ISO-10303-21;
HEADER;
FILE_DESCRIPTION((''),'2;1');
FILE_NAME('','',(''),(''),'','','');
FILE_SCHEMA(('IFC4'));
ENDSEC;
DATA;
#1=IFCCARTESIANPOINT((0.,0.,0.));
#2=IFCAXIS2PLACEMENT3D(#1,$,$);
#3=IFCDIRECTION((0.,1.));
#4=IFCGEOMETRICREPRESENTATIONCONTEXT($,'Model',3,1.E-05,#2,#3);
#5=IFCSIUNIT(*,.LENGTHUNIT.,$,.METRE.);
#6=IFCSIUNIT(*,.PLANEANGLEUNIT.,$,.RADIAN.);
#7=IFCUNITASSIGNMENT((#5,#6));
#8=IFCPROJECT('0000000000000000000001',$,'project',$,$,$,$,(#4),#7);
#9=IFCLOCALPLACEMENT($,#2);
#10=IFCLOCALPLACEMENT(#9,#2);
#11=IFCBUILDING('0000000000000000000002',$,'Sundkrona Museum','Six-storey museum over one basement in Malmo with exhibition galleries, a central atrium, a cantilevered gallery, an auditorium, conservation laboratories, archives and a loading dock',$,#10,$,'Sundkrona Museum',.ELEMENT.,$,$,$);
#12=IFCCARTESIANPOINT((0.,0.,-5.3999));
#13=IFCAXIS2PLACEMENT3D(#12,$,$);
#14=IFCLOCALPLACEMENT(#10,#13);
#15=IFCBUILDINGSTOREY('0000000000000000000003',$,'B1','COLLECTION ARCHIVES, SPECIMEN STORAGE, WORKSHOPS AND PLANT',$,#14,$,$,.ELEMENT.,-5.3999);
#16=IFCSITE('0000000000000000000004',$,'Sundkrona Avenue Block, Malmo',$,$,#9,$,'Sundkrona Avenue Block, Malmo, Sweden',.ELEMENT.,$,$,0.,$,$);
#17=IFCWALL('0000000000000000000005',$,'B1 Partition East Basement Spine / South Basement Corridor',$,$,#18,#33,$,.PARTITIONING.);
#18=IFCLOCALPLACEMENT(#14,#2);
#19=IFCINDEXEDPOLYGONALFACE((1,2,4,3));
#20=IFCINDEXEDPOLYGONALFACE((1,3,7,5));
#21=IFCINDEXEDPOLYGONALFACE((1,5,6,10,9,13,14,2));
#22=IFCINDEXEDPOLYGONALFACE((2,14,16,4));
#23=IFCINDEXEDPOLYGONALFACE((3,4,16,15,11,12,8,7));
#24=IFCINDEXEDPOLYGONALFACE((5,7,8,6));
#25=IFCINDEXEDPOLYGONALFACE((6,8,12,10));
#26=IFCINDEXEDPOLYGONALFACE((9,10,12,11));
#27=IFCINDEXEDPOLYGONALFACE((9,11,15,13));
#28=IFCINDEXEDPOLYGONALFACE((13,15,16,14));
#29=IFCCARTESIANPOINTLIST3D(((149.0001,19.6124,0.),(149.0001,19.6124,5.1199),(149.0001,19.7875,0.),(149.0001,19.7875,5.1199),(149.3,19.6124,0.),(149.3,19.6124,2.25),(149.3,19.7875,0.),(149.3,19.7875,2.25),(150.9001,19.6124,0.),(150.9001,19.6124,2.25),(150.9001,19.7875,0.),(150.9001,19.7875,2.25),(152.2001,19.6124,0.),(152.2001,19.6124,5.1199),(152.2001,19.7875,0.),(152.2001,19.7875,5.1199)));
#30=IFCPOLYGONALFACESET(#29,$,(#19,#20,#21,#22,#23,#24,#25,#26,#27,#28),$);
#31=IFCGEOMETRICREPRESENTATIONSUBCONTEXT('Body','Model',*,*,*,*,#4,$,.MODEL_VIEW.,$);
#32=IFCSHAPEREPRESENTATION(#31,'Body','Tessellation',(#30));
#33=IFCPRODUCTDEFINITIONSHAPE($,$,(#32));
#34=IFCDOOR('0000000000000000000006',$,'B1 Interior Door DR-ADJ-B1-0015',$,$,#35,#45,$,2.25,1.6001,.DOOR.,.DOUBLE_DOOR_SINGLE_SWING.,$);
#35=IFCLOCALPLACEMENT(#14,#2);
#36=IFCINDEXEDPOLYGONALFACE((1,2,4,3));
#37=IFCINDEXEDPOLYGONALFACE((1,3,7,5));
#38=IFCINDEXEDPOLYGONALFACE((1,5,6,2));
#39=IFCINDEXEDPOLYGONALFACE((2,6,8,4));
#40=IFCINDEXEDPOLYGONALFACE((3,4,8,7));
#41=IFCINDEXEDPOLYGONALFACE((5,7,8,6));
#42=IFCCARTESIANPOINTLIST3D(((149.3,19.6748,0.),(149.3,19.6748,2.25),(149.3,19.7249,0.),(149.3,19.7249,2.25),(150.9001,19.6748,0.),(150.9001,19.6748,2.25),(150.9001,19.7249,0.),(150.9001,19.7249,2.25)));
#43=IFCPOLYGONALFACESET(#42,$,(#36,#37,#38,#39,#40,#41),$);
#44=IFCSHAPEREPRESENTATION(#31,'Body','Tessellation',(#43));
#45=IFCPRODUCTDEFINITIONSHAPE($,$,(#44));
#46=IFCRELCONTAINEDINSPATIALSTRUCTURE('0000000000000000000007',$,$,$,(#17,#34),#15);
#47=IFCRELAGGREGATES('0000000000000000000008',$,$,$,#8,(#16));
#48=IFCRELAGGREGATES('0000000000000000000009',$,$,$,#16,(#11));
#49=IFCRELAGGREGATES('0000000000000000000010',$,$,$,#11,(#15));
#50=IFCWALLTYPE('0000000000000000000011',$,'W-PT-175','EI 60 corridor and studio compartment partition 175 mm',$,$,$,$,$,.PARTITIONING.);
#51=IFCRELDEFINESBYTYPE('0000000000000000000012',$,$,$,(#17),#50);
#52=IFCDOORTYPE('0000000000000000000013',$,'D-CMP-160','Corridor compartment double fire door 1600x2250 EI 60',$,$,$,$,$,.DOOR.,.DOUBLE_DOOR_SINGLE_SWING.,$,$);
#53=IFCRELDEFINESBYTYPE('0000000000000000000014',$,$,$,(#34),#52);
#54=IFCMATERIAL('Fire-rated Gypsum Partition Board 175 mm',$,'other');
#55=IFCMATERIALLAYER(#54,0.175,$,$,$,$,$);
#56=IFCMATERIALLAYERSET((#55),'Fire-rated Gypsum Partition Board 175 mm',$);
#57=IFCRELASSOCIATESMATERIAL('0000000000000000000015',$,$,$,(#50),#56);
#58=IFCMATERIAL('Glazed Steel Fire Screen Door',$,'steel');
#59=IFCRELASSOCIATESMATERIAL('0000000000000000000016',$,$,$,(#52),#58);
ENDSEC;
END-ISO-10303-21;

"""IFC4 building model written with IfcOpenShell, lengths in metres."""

from ifc_helpers import new_model, si_unit, direction, frame, frame_2d, origin, place, context, subcontext, project, spatial, rectangle, extrude, material, layer, layer_set, type_object, element, fill, save


model = new_model("IFC4")

# Units and contexts
model_context = context("Model", 3, precision=1e-05, world=origin(), true_north=direction((0.0, 1.0)))
body_context = subcontext(model_context, "Body", "Model", "MODEL_VIEW")
ifc_project = project(units=[si_unit("LENGTHUNIT", "METRE"), si_unit("PLANEANGLEUNIT", "RADIAN")], contexts=[model_context])

# Site, building, storey
site_placement = place(None, origin())
site = spatial("IfcSite", under=ifc_project, at=site_placement, Name="Sundkrona Avenue Block, Malmo", LongName="Sundkrona Avenue Block, Malmo, Sweden", CompositionType="ELEMENT", RefElevation=0.0)
building_placement = place(site_placement, origin())
building = spatial("IfcBuilding", under=site, at=building_placement, Name="Sundkrona Museum", Description="Six-storey museum over one basement in Malmo with exhibition galleries, a central atrium, a cantilevered gallery, an auditorium, conservation laboratories, archives and a loading dock", LongName="Sundkrona Museum", CompositionType="ELEMENT")
storey_placement = place(building_placement, frame((0.0, 0.0, -5.3999)))
storey = spatial("IfcBuildingStorey", under=building, at=storey_placement, Name="B1", Description="COLLECTION ARCHIVES, SPECIMEN STORAGE, WORKSHOPS AND PLANT", CompositionType="ELEMENT", Elevation=-5.3999)

# Wall, opening, door
ifc_material_1 = material(Name="Fire-rated Gypsum Partition Board 175 mm", Category="other")
ifc_layer_1 = layer(ifc_material_1, 0.175)
ifc_layer_set_1 = layer_set([ifc_layer_1], Name="Fire-rated Gypsum Partition Board 175 mm")
wall_type_1 = type_object("IfcWallType", Name="W-PT-175", Description="EI 60 corridor and studio compartment partition 175 mm", PredefinedType="PARTITIONING", material=ifc_layer_set_1)
wall_1_placement = place(storey_placement, frame((149.0, 19.7, 0.0), z_axis=(0.0, 0.0, 1.0), x_axis=(1.0, 0.0, 0.0)))
wall_1 = element("IfcWall", 1, at=wall_1_placement, inside=storey, type_object=wall_type_1, Name="B1 Partition East Basement Spine / South Basement Corridor", PredefinedType="PARTITIONING", context=body_context, shape_type="SweptSolid", body=[
    extrude(rectangle(XDim=3.2, YDim=0.175, at=frame_2d((1.6001, 0.0))), origin(), (0.0, 0.0, 1.0), 5.1199),
])
opening_1_placement = place(wall_1_placement, frame((0.3, 0.0, 0.0)))
opening_1 = element("IfcOpeningElement", 2, at=opening_1_placement, cuts=wall_1, PredefinedType="OPENING", context=body_context, shape_type="SweptSolid", body=[
    extrude(rectangle(XDim=1.6001, YDim=2.25, at=frame_2d((0.8, 1.125))), frame((0.0, 0.0974, 0.0), z_axis=(0.0, -1.0, 0.0), x_axis=(1.0, 0.0, 0.0)), (0.0, 0.0, 1.0), 0.1951),
])
ifc_material_2 = material(Name="Glazed Steel Fire Screen Door", Category="steel")
door_type_1 = type_object("IfcDoorType", Name="D-CMP-160", Description="Corridor compartment double fire door 1600x2250 EI 60", OperationType="DOUBLE_DOOR_SINGLE_SWING", PredefinedType="DOOR", material=ifc_material_2)
door_1_placement = place(opening_1_placement, origin())
door_1 = element("IfcDoor", 3, at=door_1_placement, inside=storey, type_object=door_type_1, Name="B1 Interior Door DR-ADJ-B1-0015", OperationType="DOUBLE_DOOR_SINGLE_SWING", OverallHeight=2.25, OverallWidth=1.6001, PredefinedType="DOOR", context=body_context, shape_type="SweptSolid", body=[
    extrude(rectangle(XDim=1.6001, YDim=2.25, at=frame_2d((0.8, 1.125))), frame((0.0, 0.0249, 0.0), z_axis=(0.0, -1.0, 0.0), x_axis=(1.0, 0.0, 0.0)), (0.0, 0.0, 1.0), 0.05),
])
fill(opening_1, door_1)

save(model, "model.ifc")
